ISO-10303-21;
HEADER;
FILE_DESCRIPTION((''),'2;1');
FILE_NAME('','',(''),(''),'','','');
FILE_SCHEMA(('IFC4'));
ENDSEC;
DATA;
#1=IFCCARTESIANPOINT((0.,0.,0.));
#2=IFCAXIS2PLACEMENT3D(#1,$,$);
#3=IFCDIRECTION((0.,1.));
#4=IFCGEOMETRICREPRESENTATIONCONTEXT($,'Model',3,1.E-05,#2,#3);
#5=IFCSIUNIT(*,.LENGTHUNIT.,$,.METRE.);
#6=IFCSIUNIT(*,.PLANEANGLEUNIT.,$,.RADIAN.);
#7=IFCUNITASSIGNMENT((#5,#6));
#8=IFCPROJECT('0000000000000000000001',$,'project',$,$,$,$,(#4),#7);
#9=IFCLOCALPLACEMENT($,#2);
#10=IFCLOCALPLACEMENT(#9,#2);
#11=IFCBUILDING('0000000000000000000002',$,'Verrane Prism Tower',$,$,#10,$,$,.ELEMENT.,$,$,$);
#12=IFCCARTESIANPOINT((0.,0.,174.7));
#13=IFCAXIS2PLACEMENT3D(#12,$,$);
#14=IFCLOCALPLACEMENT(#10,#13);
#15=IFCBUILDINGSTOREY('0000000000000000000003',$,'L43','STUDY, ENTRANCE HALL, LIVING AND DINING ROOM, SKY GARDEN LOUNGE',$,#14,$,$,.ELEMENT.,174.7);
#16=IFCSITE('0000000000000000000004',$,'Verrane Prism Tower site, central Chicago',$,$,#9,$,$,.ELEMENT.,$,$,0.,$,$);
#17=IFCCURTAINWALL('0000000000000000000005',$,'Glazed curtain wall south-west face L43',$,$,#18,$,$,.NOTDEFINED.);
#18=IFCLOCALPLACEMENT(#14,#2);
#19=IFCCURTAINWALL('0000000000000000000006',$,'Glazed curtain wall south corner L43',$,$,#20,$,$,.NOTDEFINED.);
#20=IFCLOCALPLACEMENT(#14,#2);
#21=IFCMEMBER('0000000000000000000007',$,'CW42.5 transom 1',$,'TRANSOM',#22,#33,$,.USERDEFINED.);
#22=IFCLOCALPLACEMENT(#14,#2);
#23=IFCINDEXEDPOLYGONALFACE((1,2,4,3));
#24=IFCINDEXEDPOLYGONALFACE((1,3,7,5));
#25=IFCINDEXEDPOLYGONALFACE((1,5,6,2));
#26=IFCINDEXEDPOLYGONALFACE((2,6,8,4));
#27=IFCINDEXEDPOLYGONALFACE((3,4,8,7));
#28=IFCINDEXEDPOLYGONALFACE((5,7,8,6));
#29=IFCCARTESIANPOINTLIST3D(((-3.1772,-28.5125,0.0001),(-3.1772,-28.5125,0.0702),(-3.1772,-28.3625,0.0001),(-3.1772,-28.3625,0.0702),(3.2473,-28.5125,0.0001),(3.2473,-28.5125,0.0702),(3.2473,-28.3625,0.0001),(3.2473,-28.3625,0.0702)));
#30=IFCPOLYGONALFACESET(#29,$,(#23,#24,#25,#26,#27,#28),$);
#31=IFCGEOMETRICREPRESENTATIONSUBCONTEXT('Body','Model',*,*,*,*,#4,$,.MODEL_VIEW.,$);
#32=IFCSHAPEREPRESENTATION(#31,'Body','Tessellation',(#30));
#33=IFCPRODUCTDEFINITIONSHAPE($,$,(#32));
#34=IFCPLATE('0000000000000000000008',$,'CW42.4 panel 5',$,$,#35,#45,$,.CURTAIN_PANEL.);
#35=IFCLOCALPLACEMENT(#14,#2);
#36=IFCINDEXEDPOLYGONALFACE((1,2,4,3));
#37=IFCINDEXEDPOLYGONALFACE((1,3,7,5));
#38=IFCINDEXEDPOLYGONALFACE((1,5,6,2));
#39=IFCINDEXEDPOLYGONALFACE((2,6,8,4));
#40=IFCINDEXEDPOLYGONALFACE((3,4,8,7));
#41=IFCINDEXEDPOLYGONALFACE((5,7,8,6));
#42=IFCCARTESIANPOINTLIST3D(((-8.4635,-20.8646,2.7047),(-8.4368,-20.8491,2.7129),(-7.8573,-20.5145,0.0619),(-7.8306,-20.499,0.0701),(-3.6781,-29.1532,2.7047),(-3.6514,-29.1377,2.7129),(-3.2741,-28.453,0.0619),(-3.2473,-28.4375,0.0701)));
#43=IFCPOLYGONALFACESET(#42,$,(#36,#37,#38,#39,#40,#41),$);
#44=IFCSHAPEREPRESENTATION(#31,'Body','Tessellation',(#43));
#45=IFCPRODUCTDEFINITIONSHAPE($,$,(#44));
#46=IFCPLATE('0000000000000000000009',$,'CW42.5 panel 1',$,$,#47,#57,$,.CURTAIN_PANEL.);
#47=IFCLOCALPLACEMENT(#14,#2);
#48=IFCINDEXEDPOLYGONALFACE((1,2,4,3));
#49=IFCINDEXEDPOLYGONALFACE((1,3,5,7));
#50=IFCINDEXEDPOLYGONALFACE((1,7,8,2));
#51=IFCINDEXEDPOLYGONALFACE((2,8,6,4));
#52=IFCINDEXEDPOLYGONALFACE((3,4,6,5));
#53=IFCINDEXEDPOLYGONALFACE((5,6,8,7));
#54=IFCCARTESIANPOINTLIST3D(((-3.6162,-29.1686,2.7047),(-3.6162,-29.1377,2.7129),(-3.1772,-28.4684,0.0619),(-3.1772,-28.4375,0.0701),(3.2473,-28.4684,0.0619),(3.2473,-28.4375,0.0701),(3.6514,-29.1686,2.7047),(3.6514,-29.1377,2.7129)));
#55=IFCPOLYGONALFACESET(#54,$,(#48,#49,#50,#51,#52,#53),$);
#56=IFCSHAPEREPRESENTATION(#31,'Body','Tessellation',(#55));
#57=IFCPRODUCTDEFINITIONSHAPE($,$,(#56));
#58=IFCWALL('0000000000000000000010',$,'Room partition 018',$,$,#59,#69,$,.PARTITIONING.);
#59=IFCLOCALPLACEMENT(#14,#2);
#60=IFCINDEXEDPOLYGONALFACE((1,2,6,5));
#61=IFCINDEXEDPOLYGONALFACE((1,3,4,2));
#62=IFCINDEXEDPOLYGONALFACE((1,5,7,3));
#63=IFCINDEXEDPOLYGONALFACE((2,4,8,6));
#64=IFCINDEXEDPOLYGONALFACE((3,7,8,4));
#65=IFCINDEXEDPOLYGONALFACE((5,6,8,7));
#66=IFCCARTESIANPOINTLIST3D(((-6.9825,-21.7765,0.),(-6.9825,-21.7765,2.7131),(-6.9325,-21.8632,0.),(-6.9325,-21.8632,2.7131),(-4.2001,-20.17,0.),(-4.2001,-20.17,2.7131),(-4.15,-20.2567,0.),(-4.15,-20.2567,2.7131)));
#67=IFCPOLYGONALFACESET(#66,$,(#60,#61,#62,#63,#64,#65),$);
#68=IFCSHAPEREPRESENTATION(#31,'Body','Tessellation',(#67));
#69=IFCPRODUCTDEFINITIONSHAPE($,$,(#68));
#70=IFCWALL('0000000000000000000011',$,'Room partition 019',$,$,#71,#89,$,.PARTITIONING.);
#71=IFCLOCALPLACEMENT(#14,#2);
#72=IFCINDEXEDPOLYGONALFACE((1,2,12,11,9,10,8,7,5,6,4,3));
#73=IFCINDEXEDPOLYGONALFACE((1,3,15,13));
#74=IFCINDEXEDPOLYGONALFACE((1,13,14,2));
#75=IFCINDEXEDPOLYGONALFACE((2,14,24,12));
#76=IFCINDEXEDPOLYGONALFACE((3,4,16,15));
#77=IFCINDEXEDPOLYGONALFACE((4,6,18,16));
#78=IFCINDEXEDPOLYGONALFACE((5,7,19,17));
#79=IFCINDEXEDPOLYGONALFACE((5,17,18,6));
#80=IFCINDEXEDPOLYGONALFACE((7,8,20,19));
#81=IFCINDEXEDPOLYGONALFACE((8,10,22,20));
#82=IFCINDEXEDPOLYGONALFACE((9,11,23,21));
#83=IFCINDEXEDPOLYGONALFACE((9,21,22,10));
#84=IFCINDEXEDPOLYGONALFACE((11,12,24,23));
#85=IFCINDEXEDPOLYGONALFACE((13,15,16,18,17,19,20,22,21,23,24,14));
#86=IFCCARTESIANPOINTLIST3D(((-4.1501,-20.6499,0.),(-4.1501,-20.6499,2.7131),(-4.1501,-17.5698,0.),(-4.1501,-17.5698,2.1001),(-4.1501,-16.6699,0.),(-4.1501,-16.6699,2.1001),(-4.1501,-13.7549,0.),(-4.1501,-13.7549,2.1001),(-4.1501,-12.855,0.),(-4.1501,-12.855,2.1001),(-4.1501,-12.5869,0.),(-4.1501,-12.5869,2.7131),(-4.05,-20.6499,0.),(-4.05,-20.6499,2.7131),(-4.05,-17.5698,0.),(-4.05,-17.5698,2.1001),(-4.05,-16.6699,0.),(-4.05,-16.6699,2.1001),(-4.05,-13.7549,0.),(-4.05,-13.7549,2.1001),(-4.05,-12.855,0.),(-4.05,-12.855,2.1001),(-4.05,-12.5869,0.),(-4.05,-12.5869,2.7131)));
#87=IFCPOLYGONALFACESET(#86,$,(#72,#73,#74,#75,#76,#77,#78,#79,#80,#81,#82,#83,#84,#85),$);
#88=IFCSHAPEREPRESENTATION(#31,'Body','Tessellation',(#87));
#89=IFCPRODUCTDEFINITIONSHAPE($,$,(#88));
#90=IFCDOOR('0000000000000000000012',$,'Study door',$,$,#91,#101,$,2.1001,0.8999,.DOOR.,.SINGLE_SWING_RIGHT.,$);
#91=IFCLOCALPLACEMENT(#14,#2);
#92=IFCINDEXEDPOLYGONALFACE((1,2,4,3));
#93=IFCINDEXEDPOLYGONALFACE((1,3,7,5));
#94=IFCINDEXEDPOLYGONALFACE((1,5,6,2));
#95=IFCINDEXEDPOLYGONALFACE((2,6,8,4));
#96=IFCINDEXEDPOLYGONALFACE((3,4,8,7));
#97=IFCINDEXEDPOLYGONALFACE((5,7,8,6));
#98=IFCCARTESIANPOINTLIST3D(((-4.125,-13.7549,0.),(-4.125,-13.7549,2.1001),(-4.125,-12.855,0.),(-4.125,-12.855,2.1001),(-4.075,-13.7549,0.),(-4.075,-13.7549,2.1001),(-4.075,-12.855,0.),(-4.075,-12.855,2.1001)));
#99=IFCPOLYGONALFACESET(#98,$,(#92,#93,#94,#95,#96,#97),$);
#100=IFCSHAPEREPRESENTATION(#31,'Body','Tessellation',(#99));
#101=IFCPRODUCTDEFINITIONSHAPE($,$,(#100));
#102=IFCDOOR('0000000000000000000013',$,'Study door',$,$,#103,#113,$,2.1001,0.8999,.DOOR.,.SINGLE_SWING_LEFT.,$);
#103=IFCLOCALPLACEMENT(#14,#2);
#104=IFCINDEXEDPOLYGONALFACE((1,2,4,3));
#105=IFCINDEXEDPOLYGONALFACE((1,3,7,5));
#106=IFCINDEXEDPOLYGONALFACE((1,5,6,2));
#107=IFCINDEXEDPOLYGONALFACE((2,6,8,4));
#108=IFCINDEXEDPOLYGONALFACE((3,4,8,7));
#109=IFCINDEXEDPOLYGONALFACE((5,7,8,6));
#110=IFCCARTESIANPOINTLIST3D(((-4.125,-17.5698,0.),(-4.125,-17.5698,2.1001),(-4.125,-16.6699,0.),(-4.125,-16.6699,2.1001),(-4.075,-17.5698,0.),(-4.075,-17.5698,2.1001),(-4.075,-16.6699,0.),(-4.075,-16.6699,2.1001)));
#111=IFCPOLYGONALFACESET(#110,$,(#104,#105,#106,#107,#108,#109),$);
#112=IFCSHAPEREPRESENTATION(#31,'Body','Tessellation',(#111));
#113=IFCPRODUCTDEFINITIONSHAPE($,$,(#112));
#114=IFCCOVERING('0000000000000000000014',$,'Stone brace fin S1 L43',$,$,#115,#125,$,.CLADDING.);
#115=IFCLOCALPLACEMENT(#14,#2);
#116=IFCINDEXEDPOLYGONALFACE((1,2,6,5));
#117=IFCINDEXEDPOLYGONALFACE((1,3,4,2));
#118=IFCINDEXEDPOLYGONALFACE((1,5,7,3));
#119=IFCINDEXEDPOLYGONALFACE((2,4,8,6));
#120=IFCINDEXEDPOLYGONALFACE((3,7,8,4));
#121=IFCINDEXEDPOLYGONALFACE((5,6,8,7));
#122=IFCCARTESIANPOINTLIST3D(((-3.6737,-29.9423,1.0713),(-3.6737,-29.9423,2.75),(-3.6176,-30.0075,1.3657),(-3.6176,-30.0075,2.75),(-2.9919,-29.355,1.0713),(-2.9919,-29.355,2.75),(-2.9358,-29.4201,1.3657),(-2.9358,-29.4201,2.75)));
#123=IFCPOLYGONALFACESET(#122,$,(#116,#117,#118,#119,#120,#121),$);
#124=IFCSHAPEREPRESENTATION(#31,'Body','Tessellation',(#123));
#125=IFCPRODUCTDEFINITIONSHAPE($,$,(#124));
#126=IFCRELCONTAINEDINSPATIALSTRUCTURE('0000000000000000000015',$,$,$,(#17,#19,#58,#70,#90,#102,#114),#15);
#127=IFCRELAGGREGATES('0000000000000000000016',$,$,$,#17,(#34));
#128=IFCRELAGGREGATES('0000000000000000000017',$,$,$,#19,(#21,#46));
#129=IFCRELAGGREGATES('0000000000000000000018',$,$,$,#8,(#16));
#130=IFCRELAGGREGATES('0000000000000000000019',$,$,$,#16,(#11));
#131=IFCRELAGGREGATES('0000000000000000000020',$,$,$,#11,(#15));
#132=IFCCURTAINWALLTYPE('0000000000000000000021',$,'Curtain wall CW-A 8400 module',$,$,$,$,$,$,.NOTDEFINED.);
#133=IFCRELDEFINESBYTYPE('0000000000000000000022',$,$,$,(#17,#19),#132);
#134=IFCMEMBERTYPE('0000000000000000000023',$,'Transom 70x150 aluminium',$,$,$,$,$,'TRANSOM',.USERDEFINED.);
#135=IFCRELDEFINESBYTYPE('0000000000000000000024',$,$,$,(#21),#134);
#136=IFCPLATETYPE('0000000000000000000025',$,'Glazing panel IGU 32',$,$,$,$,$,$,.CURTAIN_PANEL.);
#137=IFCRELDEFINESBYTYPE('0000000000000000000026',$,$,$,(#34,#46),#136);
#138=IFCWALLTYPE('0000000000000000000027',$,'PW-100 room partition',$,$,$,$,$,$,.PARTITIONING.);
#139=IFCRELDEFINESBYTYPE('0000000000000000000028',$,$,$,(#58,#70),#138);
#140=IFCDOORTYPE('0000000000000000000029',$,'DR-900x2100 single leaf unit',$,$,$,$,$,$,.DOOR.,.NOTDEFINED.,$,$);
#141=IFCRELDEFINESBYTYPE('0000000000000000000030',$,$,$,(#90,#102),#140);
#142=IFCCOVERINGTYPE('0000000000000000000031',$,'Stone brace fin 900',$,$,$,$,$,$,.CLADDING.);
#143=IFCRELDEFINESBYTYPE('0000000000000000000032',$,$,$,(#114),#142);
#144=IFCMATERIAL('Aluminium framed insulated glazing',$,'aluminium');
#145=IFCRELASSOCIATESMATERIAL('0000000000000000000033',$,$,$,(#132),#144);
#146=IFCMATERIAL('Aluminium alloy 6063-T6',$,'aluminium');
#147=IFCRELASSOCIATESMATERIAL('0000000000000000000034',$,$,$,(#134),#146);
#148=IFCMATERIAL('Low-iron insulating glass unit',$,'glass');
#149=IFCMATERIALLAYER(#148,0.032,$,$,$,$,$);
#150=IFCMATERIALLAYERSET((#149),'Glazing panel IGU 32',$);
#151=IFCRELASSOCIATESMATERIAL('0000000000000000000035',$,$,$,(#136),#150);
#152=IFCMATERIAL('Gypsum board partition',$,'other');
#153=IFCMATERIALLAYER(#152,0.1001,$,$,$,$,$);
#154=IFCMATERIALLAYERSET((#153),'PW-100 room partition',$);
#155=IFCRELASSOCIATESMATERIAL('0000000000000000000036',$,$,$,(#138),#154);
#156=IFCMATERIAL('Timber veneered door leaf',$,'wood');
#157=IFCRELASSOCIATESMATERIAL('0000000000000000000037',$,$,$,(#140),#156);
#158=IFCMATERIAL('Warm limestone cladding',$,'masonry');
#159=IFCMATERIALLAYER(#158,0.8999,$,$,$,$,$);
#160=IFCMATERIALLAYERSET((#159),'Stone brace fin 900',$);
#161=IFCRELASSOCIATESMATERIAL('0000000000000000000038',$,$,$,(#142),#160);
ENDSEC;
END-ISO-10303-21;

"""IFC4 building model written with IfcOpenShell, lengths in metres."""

from ifc_helpers import new_model, si_unit, direction, frame, frame_2d, origin, origin_2d, place, context, subcontext, project, spatial, polyline, rectangle, outline, extrude, material, layer, layer_set, material_profile, profile_set, type_object, element, fill, aggregate, save


model = new_model("IFC4")

# Units and contexts
model_context = context("Model", 3, precision=1e-05, world=origin(), true_north=direction((0.0, 1.0)))
body_context = subcontext(model_context, "Body", "Model", "MODEL_VIEW")
ifc_project = project(units=[si_unit("LENGTHUNIT", "METRE"), si_unit("PLANEANGLEUNIT", "RADIAN")], contexts=[model_context])

# Site, building, storey
site_placement = place(None, origin())
site = spatial("IfcSite", under=ifc_project, at=site_placement, Name="Verrane Prism Tower site, central Chicago", CompositionType="ELEMENT", RefElevation=0.0)
building_placement = place(site_placement, origin())
building = spatial("IfcBuilding", under=site, at=building_placement, Name="Verrane Prism Tower", CompositionType="ELEMENT")
storey_placement = place(building_placement, frame((0.0, 0.0, 174.7)))
storey = spatial("IfcBuildingStorey", under=building, at=storey_placement, Name="L43", Description="STUDY, ENTRANCE HALL, LIVING AND DINING ROOM, SKY GARDEN LOUNGE", CompositionType="ELEMENT", Elevation=174.7)

# Curtain walls
ifc_material_1 = material(Name="Aluminium framed insulated glazing", Category="aluminium")
curtain_wall_type = type_object("IfcCurtainWallType", Name="Curtain wall CW-A 8400 module", PredefinedType="NOTDEFINED", material=ifc_material_1)
curtain_wall_1_placement = place(storey_placement, origin())
curtain_wall_1 = element("IfcCurtainWall", 1, at=curtain_wall_1_placement, inside=storey, type_object=curtain_wall_type, Name="Glazed curtain wall south-west face L43", PredefinedType="NOTDEFINED")
curtain_wall_2_placement = place(storey_placement, origin())
curtain_wall_2 = element("IfcCurtainWall", 2, at=curtain_wall_2_placement, inside=storey, type_object=curtain_wall_type, Name="Glazed curtain wall south corner L43", PredefinedType="NOTDEFINED")

# Member
ifc_material_2 = material(Name="Aluminium alloy 6063-T6", Category="aluminium")
ifc_material_profile_1 = material_profile(ifc_material_2, rectangle(XDim=0.1499, YDim=0.0701, at=origin_2d()), Name="Transom 70x150 aluminium")
ifc_profile_set_1 = profile_set([ifc_material_profile_1], Name="Aluminium alloy 6063-T6")
member_type_1 = type_object("IfcMemberType", Name="Transom 70x150 aluminium", ElementType="TRANSOM", PredefinedType="USERDEFINED", material=ifc_profile_set_1)
member_1_placement = place(storey_placement, frame((-3.1772, -28.4375, 0.0352), z_axis=(1.0, 0.0, 0.0), x_axis=(0.0, 1.0, 0.0)))
member_1 = element("IfcMember", 3, at=member_1_placement, type_object=member_type_1, Name="CW42.5 transom 1", ObjectType="TRANSOM", PredefinedType="USERDEFINED", context=body_context, shape_type="SweptSolid", body=[
    extrude(rectangle(XDim=0.1499, YDim=0.0701, at=origin_2d()), origin(), (0.0, 0.0, 1.0), 6.4246),
])

# Plates
ifc_material_3 = material(Name="Low-iron insulating glass unit", Category="glass")
ifc_layer_1 = layer(ifc_material_3, 0.032)
ifc_layer_set_1 = layer_set([ifc_layer_1], Name="Glazing panel IGU 32")
plate_type = type_object("IfcPlateType", Name="Glazing panel IGU 32", PredefinedType="CURTAIN_PANEL", material=ifc_layer_set_1)
plate_1_placement = place(storey_placement, frame((-7.8306, -20.499, 0.0701), z_axis=(0.837157, 0.48333, 0.256048), x_axis=(0.499998, -0.866026, 0.0)))
plate_1 = element("IfcPlate", 4, at=plate_1_placement, type_object=plate_type, Name="CW42.4 panel 5", PredefinedType="CURTAIN_PANEL", context=body_context, shape_type="SweptSolid", body=[
    extrude(outline(polyline([(0.0, 0.0), (9.1665, 0.0), (9.5709, -2.734), (0.0001, -2.734), (0.0, 0.0)])), origin(), (0.0, 0.0, -1.0), 0.032),
])
aggregate(curtain_wall_1, [plate_1])
plate_2_placement = place(storey_placement, frame((-3.1772, -28.4375, 0.0701), z_axis=(0.0, 0.966649, 0.256106), x_axis=(1.0, 0.0, 0.0)))
plate_2 = element("IfcPlate", 5, at=plate_2_placement, type_object=plate_type, Name="CW42.5 panel 1", PredefinedType="CURTAIN_PANEL", context=body_context, shape_type="SweptSolid", body=[
    extrude(outline(polyline([(0.0, 0.0), (6.4246, 0.0), (6.8286, -2.734), (-0.439, -2.734), (0.0, 0.0)])), origin(), (0.0, 0.0, -1.0), 0.032),
])
aggregate(curtain_wall_2, [member_1, plate_2])

# Wall
ifc_material_4 = material(Name="Gypsum board partition", Category="other")
ifc_layer_2 = layer(ifc_material_4, 0.1001)
ifc_layer_set_2 = layer_set([ifc_layer_2], Name="PW-100 room partition")
wall_type = type_object("IfcWallType", Name="PW-100 room partition", PredefinedType="PARTITIONING", material=ifc_layer_set_2)
wall_1_placement = place(storey_placement, frame((-6.9575, -21.8198, 0.0), z_axis=(0.0, 0.0, 1.0), x_axis=(0.866027, 0.499997, 0.0)))
element("IfcWall", 6, at=wall_1_placement, inside=storey, type_object=wall_type, Name="Room partition 018", PredefinedType="PARTITIONING", context=body_context, shape_type="SweptSolid", body=[
    extrude(rectangle(XDim=3.2129, YDim=0.1001, at=frame_2d((1.6064, 0.0))), origin(), (0.0, 0.0, 1.0), 2.7131),
])

# Wall, openings, doors
wall_2_placement = place(storey_placement, frame((-4.1001, -20.6499, 0.0), z_axis=(0.0, 0.0, 1.0), x_axis=(0.0, 1.0, 0.0)))
wall_2 = element("IfcWall", 7, at=wall_2_placement, inside=storey, type_object=wall_type, Name="Room partition 019", PredefinedType="PARTITIONING", context=body_context, shape_type="SweptSolid", body=[
    extrude(rectangle(XDim=8.063, YDim=0.1001, at=frame_2d((4.0315, 0.0))), origin(), (0.0, 0.0, 1.0), 2.7131),
])
opening_1_placement = place(wall_2_placement, frame((6.895, 0.0, 0.0)))
opening_1 = element("IfcOpeningElement", 8, at=opening_1_placement, cuts=wall_2, PredefinedType="OPENING", context=body_context, shape_type="SweptSolid", body=[
    extrude(rectangle(XDim=0.8999, YDim=2.1001, at=frame_2d((0.45, 1.05))), frame((0.0, 0.0601, 0.0), z_axis=(0.0, -1.0, 0.0), x_axis=(1.0, 0.0, 0.0)), (0.0, 0.0, 1.0), 0.1201),
])
opening_2_placement = place(wall_2_placement, frame((3.0801, 0.0, 0.0)))
opening_2 = element("IfcOpeningElement", 9, at=opening_2_placement, cuts=wall_2, PredefinedType="OPENING", context=body_context, shape_type="SweptSolid", body=[
    extrude(rectangle(XDim=0.8999, YDim=2.1001, at=frame_2d((0.45, 1.05))), frame((0.0, 0.0601, 0.0), z_axis=(0.0, -1.0, 0.0), x_axis=(1.0, 0.0, 0.0)), (0.0, 0.0, 1.0), 0.1201),
])
ifc_material_5 = material(Name="Timber veneered door leaf", Category="wood")
door_type = type_object("IfcDoorType", Name="DR-900x2100 single leaf unit", OperationType="NOTDEFINED", PredefinedType="DOOR", material=ifc_material_5)
door_1_placement = place(opening_1_placement, origin())
door_1 = element("IfcDoor", 10, at=door_1_placement, inside=storey, type_object=door_type, Name="Study door", OperationType="SINGLE_SWING_RIGHT", OverallHeight=2.1001, OverallWidth=0.8999, PredefinedType="DOOR", context=body_context, shape_type="SweptSolid", body=[
    extrude(rectangle(XDim=0.8999, YDim=2.1001, at=frame_2d((0.45, 1.05))), frame((0.0, 0.0249, 0.0), z_axis=(0.0, -1.0, 0.0), x_axis=(1.0, 0.0, 0.0)), (0.0, 0.0, 1.0), 0.05),
])
fill(opening_1, door_1)
door_2_placement = place(opening_2_placement, origin())
door_2 = element("IfcDoor", 11, at=door_2_placement, inside=storey, type_object=door_type, Name="Study door", OperationType="SINGLE_SWING_LEFT", OverallHeight=2.1001, OverallWidth=0.8999, PredefinedType="DOOR", context=body_context, shape_type="SweptSolid", body=[
    extrude(rectangle(XDim=0.8999, YDim=2.1001, at=frame_2d((0.45, 1.05))), frame((0.0, 0.0249, 0.0), z_axis=(0.0, -1.0, 0.0), x_axis=(1.0, 0.0, 0.0)), (0.0, 0.0, 1.0), 0.05),
])
fill(opening_2, door_2)

# Covering
ifc_material_6 = material(Name="Warm limestone cladding", Category="masonry")
ifc_layer_3 = layer(ifc_material_6, 0.8999)
ifc_layer_set_3 = layer_set([ifc_layer_3], Name="Stone brace fin 900")
covering_type = type_object("IfcCoveringType", Name="Stone brace fin 900", PredefinedType="CLADDING", material=ifc_layer_set_3)
covering_placement = place(storey_placement, frame((-3.3328, -29.6487, 1.0713), z_axis=(0.0, 0.0, 1.0), x_axis=(0.652659, -0.757652, 0.0)))
element("IfcCovering", 12, at=covering_placement, inside=storey, type_object=covering_type, Name="Stone brace fin S1 L43", PredefinedType="CLADDING", context=body_context, shape_type="SweptSolid", body=[
    extrude(outline(polyline([(0.0859, 1.6787), (0.0, 1.6787), (0.0, 0.0), (0.0859, 0.2944), (0.0859, 1.6787)])), frame((0.0, 0.45, 0.0), z_axis=(0.0, -1.0, 0.0), x_axis=(1.0, 0.0, 0.0)), (0.0, 0.0, 1.0), 0.8999),
])

save(model, "model.ifc")
